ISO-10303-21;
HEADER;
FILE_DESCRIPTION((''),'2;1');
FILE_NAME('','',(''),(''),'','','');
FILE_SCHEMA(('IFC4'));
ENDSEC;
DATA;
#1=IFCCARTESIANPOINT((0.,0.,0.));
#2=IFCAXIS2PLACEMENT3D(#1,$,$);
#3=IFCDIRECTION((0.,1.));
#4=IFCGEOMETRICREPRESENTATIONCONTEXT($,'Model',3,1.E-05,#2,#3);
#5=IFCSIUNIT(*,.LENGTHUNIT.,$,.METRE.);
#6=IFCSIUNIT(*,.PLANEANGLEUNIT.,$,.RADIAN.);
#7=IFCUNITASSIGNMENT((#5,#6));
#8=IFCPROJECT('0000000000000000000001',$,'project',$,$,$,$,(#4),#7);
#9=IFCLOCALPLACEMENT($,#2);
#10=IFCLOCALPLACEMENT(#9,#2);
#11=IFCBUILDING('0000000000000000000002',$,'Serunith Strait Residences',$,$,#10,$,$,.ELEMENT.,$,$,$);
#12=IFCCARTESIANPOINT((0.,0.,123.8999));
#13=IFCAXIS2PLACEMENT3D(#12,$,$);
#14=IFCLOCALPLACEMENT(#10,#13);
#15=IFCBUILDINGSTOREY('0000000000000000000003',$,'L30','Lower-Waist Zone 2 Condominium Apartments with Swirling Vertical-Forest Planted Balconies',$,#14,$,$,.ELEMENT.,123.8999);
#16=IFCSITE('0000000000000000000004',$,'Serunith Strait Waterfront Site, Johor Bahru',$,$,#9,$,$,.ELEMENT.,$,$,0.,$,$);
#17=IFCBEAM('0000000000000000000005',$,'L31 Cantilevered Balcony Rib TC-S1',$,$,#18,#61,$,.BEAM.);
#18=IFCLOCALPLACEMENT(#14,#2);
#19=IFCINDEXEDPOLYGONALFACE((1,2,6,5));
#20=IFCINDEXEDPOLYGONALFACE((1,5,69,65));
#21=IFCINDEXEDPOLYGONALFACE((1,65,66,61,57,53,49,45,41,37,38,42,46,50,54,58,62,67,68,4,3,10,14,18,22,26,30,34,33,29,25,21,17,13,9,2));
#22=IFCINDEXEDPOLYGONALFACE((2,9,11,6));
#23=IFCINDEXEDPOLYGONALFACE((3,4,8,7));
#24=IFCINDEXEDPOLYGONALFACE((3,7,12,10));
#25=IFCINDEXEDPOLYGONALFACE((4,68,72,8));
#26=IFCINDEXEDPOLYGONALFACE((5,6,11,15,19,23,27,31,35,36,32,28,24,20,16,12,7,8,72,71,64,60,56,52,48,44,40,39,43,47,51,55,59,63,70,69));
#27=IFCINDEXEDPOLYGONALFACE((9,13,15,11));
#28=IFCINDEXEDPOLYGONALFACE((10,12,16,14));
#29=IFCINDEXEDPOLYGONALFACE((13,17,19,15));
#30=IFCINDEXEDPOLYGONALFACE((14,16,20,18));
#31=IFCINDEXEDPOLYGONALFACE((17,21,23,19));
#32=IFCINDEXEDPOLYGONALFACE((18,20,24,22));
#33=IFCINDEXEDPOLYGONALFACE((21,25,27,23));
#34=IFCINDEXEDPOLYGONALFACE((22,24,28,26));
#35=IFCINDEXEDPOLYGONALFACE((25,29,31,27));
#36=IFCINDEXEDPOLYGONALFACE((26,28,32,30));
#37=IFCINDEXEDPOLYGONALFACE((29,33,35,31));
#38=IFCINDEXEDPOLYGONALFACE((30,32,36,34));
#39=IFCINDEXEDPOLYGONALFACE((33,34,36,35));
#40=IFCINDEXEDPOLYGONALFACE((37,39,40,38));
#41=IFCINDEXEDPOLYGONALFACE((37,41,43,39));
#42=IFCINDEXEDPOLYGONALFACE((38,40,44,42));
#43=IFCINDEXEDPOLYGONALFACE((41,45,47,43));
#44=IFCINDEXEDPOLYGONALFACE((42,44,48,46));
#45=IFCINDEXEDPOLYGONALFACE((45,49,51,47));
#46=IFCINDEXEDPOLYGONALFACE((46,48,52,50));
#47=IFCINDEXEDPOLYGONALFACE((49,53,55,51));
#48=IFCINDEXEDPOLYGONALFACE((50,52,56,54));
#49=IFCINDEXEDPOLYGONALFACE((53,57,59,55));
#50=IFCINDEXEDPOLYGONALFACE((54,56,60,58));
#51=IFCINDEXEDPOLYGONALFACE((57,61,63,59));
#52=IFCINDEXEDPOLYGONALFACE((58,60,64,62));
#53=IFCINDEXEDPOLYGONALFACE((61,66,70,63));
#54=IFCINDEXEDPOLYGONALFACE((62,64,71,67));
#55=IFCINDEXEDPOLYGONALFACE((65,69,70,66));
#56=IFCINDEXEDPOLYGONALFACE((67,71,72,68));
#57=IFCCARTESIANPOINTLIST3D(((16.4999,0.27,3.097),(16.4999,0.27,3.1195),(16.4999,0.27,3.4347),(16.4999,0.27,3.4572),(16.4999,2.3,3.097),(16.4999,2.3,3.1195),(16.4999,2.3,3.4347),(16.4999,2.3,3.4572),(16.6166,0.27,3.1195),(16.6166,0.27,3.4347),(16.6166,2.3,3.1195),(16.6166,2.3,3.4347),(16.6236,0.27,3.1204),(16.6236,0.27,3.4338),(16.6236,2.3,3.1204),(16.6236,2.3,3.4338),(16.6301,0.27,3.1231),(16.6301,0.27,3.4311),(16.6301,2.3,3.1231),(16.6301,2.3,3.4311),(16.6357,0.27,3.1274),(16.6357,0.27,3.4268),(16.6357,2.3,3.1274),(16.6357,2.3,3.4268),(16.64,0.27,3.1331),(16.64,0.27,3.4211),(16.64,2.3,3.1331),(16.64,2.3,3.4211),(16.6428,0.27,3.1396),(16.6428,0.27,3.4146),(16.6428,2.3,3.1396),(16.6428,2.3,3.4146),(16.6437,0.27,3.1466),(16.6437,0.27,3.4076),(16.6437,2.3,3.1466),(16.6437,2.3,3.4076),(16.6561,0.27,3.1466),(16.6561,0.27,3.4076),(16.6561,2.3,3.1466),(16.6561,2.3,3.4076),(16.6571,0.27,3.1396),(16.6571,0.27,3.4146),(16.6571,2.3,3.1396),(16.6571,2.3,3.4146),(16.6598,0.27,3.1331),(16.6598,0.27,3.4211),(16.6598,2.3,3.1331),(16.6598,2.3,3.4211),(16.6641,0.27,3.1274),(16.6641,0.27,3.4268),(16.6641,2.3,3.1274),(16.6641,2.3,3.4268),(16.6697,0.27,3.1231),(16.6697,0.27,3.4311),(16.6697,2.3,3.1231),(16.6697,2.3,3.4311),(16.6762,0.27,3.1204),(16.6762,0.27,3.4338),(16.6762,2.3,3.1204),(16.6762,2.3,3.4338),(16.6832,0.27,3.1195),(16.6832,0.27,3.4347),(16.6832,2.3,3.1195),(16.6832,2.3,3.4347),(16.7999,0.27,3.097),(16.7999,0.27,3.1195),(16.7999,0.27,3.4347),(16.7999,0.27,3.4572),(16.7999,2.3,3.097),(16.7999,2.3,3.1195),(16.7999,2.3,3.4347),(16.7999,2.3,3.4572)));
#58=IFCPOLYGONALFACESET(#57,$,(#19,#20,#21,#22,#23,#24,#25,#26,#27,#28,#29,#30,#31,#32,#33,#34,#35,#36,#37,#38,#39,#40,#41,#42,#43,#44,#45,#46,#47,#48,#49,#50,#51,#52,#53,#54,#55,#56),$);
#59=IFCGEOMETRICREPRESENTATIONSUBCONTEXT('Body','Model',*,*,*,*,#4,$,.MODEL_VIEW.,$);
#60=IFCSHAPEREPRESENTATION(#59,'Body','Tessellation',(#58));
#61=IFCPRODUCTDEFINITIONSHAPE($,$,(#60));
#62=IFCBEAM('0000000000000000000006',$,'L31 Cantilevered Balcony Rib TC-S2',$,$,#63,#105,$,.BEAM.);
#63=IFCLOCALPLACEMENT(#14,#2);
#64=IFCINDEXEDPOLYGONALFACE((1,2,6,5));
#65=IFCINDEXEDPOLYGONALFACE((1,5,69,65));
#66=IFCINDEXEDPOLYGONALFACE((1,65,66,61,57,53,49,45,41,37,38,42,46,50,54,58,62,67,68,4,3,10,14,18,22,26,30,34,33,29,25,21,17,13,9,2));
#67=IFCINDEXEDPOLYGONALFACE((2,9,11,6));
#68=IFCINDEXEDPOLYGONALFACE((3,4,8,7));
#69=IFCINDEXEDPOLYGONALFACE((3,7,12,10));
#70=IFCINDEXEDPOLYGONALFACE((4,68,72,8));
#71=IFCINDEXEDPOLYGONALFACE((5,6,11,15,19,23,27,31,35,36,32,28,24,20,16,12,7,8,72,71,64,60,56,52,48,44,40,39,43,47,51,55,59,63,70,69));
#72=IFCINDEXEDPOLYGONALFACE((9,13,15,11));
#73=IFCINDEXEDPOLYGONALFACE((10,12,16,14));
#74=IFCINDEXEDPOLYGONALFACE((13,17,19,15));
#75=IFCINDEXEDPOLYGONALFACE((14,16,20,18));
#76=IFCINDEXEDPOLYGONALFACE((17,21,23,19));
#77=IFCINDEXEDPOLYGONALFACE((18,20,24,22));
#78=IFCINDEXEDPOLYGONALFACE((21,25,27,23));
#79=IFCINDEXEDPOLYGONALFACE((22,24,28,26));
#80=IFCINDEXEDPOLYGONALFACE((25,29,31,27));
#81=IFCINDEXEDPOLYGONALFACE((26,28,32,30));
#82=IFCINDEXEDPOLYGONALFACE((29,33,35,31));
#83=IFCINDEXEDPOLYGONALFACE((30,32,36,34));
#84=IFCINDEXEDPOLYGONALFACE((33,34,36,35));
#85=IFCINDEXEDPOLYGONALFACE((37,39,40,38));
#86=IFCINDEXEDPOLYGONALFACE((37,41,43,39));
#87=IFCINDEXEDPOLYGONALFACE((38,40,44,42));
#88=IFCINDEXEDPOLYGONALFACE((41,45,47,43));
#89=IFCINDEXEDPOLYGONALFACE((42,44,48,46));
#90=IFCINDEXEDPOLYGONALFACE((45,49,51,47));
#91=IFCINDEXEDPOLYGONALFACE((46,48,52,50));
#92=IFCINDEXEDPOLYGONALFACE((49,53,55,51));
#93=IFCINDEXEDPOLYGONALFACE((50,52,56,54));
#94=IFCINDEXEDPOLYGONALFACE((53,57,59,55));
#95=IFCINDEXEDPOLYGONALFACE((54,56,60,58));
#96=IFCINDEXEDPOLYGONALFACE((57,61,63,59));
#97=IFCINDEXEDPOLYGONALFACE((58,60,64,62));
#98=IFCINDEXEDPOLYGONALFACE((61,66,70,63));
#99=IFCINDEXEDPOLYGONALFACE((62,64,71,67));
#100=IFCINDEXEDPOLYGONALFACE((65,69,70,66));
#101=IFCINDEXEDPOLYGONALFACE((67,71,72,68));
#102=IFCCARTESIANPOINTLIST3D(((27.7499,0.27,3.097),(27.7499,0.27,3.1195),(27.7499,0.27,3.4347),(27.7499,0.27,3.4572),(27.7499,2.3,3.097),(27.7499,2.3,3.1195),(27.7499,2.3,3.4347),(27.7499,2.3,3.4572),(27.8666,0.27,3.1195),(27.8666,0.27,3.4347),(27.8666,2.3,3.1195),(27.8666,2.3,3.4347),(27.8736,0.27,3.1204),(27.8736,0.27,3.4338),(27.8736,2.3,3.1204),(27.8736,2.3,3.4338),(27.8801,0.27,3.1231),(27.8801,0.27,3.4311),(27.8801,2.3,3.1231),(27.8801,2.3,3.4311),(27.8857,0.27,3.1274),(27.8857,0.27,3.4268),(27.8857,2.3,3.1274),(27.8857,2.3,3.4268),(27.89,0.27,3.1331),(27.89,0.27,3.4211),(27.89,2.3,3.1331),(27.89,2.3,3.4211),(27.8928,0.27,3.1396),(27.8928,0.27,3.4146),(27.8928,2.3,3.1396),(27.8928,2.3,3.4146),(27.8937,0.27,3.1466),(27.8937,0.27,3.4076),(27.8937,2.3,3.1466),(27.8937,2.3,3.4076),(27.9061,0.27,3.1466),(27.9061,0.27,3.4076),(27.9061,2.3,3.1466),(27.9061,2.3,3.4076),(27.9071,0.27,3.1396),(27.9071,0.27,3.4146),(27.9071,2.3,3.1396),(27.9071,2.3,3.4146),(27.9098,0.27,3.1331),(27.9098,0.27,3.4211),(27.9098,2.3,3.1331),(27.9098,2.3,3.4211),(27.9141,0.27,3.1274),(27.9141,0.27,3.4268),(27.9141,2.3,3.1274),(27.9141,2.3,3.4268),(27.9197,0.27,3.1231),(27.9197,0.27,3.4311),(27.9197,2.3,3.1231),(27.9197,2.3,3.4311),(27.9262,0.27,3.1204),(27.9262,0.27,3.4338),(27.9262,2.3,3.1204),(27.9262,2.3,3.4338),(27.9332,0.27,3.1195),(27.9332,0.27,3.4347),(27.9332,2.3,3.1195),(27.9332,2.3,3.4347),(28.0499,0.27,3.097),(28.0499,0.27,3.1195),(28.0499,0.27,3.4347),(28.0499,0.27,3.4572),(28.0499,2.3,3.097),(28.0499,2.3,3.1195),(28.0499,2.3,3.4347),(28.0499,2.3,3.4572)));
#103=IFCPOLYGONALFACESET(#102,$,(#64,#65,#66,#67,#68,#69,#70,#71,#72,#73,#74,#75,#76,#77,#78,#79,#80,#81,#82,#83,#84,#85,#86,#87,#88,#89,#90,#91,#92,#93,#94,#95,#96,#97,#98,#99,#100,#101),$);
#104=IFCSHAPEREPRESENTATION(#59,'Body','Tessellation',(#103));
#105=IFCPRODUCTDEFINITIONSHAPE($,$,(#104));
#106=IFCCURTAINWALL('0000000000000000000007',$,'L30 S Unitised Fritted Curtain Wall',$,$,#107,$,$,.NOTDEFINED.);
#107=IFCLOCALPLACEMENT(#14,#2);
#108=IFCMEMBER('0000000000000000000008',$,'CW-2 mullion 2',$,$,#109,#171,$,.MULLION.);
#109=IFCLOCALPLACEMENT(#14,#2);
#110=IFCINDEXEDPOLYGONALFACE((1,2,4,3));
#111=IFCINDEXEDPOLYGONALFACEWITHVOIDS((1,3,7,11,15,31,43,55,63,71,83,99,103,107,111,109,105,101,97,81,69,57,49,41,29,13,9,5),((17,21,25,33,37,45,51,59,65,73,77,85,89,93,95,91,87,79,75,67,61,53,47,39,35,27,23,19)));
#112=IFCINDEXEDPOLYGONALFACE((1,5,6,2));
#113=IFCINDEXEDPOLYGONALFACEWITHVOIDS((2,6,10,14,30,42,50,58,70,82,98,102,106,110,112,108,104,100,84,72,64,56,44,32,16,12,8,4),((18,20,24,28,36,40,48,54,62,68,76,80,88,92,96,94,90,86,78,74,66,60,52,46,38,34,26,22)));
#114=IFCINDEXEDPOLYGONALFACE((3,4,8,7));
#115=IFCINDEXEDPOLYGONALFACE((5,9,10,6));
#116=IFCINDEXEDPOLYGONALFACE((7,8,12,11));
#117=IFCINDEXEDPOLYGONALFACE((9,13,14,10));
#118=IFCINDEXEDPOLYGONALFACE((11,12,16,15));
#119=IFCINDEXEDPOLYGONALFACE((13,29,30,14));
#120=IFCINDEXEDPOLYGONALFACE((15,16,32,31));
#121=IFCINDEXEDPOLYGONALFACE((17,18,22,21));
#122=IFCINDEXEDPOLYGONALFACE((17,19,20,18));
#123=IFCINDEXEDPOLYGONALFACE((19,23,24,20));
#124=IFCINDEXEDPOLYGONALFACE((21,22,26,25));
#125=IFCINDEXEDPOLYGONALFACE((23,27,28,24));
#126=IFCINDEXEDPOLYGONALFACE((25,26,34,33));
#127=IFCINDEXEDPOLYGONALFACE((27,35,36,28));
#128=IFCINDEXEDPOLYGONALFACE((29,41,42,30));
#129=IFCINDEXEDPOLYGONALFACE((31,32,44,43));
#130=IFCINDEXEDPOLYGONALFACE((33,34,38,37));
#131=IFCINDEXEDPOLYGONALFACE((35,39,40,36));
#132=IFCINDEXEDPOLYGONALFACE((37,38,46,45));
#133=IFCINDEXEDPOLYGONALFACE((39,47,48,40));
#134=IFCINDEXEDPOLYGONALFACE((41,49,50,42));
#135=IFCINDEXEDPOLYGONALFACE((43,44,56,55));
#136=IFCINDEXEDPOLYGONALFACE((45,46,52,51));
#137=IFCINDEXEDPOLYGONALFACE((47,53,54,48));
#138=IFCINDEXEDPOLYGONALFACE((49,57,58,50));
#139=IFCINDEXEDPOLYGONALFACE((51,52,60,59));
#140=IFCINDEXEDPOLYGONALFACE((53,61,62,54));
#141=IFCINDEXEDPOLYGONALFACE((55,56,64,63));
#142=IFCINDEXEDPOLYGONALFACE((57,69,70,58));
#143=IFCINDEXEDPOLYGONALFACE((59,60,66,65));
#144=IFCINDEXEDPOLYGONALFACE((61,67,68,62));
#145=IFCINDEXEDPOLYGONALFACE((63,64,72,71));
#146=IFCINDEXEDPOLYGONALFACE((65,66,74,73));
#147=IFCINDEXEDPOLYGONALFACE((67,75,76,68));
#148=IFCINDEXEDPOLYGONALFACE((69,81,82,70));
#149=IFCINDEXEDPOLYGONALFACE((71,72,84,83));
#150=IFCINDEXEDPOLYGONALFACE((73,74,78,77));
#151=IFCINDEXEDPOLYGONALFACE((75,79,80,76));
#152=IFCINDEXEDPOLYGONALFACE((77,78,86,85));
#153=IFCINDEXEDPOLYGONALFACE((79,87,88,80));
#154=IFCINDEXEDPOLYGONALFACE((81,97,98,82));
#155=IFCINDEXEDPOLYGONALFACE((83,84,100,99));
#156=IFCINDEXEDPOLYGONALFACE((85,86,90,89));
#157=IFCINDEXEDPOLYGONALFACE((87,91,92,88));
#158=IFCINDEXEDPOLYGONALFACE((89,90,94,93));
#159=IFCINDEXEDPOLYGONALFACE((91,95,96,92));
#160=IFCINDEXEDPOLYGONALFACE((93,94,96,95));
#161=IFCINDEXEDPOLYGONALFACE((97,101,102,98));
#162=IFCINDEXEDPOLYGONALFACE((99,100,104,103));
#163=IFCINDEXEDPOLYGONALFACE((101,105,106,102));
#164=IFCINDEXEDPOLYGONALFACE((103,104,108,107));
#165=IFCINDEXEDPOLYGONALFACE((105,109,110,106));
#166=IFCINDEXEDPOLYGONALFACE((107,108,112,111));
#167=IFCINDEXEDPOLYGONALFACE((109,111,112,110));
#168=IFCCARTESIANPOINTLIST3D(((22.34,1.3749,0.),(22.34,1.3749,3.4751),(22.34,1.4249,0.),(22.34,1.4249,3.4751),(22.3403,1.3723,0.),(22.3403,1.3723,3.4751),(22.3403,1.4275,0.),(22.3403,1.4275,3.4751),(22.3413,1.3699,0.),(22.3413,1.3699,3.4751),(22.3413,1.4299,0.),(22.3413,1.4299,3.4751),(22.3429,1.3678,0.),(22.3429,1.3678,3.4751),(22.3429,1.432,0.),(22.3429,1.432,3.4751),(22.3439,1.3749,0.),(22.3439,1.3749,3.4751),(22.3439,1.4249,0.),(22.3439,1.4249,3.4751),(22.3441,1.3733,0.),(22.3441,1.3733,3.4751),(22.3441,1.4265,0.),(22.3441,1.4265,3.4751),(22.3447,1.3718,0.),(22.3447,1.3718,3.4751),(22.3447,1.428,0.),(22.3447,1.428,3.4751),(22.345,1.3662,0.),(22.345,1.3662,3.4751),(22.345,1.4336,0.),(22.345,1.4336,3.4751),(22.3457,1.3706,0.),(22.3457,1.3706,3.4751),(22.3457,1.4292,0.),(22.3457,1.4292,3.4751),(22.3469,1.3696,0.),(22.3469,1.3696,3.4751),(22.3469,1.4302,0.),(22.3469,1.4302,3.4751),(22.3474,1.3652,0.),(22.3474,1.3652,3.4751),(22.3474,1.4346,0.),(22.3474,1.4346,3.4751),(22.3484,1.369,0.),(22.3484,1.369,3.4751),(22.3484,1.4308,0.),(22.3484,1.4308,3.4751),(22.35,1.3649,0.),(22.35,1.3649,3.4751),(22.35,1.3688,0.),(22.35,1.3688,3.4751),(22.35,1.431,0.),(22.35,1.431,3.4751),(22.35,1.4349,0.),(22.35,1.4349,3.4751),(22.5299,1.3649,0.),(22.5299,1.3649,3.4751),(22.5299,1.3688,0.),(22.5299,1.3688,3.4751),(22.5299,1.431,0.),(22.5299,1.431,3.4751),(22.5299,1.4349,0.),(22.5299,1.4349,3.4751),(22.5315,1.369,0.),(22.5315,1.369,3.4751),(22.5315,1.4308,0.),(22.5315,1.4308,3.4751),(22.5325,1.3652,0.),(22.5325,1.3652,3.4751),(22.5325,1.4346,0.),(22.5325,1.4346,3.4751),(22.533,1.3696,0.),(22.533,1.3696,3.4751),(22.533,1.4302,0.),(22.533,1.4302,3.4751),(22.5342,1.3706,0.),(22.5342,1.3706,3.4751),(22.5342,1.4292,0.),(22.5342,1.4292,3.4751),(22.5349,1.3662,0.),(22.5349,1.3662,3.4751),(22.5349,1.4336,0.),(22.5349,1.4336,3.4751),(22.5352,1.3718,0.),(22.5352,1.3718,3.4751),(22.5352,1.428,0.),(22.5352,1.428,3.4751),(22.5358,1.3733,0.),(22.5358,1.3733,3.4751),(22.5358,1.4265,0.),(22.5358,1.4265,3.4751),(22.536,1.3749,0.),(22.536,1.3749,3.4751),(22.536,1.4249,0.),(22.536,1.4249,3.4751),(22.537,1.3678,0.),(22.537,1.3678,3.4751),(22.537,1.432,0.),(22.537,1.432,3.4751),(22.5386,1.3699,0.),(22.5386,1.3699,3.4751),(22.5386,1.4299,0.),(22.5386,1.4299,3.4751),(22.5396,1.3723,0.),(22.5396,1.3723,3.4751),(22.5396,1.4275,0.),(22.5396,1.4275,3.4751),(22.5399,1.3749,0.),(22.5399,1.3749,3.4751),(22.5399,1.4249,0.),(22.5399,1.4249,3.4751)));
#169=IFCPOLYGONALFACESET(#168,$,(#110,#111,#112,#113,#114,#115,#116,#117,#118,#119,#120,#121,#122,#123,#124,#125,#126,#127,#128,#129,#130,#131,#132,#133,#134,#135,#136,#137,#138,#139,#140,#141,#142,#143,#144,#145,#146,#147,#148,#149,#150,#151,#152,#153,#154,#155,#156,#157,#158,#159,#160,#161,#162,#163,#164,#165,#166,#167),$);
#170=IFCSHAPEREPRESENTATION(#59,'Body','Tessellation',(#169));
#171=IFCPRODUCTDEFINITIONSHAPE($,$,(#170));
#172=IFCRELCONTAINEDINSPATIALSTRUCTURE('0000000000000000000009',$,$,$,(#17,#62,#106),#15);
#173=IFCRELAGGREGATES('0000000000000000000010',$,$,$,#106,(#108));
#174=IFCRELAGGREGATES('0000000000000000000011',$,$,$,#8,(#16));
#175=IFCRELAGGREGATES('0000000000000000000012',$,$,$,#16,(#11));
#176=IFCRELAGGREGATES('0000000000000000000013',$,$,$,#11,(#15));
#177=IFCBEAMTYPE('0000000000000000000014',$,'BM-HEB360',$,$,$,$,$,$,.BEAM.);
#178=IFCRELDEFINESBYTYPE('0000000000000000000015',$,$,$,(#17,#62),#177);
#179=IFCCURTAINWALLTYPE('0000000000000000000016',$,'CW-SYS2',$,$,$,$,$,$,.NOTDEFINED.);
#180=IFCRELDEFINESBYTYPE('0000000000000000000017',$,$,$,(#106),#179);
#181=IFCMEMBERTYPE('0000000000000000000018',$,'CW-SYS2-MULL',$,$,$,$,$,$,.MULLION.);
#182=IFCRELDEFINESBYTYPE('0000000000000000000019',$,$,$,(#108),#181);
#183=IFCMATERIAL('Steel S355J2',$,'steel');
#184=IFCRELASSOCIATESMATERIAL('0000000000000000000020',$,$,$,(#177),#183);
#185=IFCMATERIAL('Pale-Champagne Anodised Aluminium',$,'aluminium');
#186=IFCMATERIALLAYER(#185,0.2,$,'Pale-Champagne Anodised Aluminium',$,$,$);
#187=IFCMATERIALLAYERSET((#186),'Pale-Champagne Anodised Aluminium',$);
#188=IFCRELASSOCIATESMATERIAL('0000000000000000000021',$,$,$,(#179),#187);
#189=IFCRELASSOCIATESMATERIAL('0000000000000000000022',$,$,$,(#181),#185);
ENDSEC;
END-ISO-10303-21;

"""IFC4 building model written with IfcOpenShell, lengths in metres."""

from ifc_helpers import new_model, si_unit, direction, frame, origin, origin_2d, place, context, subcontext, project, spatial, hollow_rectangle, i_section, extrude, source, transform, mapped, material, layer, layer_set, material_profile, profile_set, type_object, element, aggregate, save


model = new_model("IFC4")

# Units and contexts
model_context = context("Model", 3, precision=1e-05, world=origin(), true_north=direction((0.0, 1.0)))
body_context = subcontext(model_context, "Body", "Model", "MODEL_VIEW")
ifc_project = project(units=[si_unit("LENGTHUNIT", "METRE"), si_unit("PLANEANGLEUNIT", "RADIAN")], contexts=[model_context])

# Site, building, storey
site_placement = place(None, origin())
site = spatial("IfcSite", under=ifc_project, at=site_placement, Name="Serunith Strait Waterfront Site, Johor Bahru", CompositionType="ELEMENT", RefElevation=0.0)
building_placement = place(site_placement, origin())
building = spatial("IfcBuilding", under=site, at=building_placement, Name="Serunith Strait Residences", CompositionType="ELEMENT")
storey_placement = place(building_placement, frame((0.0, 0.0, 123.8999)))
storey = spatial("IfcBuildingStorey", under=building, at=storey_placement, Name="L30", Description="Lower-Waist Zone 2 Condominium Apartments with Swirling Vertical-Forest Planted Balconies", CompositionType="ELEMENT", Elevation=123.8999)

# Beams
ifc_material_1 = material(Name="Steel S355J2", Category="steel")
ifc_material_profile_1 = material_profile(ifc_material_1, i_section(OverallWidth=0.3, OverallDepth=0.3601, WebThickness=0.0125, FlangeThickness=0.0225, FilletRadius=0.0271, at=origin_2d()), Name="HEB 360")
ifc_profile_set_1 = profile_set([ifc_material_profile_1], Name="Steel S355J2")
beam_type_1 = type_object("IfcBeamType", Name="BM-HEB360", PredefinedType="BEAM", material=ifc_profile_set_1)
shared_shape_1 = source(origin(), body_context, "Body", "SweptSolid", [
    extrude(i_section(OverallWidth=0.3, OverallDepth=0.3601, WebThickness=0.0125, FlangeThickness=0.0225, FilletRadius=0.0271, at=origin_2d()), origin(), (0.0, 0.0, 1.0), 2.03),
])
for number, where, z_axis, x_axis, name in (
    (1, (16.6499, 2.3, 3.2771), (0.0, -1.0, 0.0), (1.0, 0.0, 0.0), "L31 Cantilevered Balcony Rib TC-S1"),
    (2, (27.8999, 2.3, 3.2771), (0.0, -1.0, 0.0), (1.0, 0.0, 0.0), "L31 Cantilevered Balcony Rib TC-S2"),
):
    element("IfcBeam", number, at=place(storey_placement, frame(where, z_axis=z_axis, x_axis=x_axis)), inside=storey, type_object=beam_type_1, Name=name, PredefinedType="BEAM", context=body_context, shape_type="MappedRepresentation", body=[
        mapped(shared_shape_1, transform((0.0, 0.0, 0.0), scale=1.0)),
    ])

# Curtain wall, member
ifc_material_2 = material(Name="Pale-Champagne Anodised Aluminium", Category="aluminium")
ifc_layer_1 = layer(ifc_material_2, 0.2, Name="Pale-Champagne Anodised Aluminium")
ifc_layer_set_1 = layer_set([ifc_layer_1], Name="Pale-Champagne Anodised Aluminium")
curtain_wall_type = type_object("IfcCurtainWallType", Name="CW-SYS2", PredefinedType="NOTDEFINED", material=ifc_layer_set_1)
curtain_wall_placement = place(storey_placement, origin())
curtain_wall = element("IfcCurtainWall", 3, at=curtain_wall_placement, inside=storey, type_object=curtain_wall_type, Name="L30 S Unitised Fritted Curtain Wall", PredefinedType="NOTDEFINED")
ifc_material_profile_2 = material_profile(ifc_material_2, hollow_rectangle(XDim=0.0701, YDim=0.2, WallThickness=0.0039, InnerFilletRadius=0.0061, OuterFilletRadius=0.01, at=origin_2d()), Name="ALU 200x70x4")
ifc_profile_set_2 = profile_set([ifc_material_profile_2], Name="Pale-Champagne Anodised Aluminium")
member_type_1 = type_object("IfcMemberType", Name="CW-SYS2-MULL", PredefinedType="MULLION", material=ifc_profile_set_2)
shared_shape_2 = source(origin(), body_context, "Body", "SweptSolid", [
    extrude(hollow_rectangle(XDim=0.0701, YDim=0.2, WallThickness=0.0039, InnerFilletRadius=0.0061, OuterFilletRadius=0.01, at=origin_2d()), origin(), (0.0, 0.0, 1.0), 3.4751),
])
member_1_placement = place(storey_placement, frame((22.4399, 1.3999, 0.0), z_axis=(0.0, 0.0, 1.0), x_axis=(0.0, 1.0, 0.0)))
member_1 = element("IfcMember", 4, at=member_1_placement, type_object=member_type_1, Name="CW-2 mullion 2", PredefinedType="MULLION", context=body_context, shape_type="MappedRepresentation", body=[
    mapped(shared_shape_2, transform((0.0, 0.0, 0.0), scale=1.0)),
])
aggregate(curtain_wall, [member_1])

save(model, "model.ifc")
